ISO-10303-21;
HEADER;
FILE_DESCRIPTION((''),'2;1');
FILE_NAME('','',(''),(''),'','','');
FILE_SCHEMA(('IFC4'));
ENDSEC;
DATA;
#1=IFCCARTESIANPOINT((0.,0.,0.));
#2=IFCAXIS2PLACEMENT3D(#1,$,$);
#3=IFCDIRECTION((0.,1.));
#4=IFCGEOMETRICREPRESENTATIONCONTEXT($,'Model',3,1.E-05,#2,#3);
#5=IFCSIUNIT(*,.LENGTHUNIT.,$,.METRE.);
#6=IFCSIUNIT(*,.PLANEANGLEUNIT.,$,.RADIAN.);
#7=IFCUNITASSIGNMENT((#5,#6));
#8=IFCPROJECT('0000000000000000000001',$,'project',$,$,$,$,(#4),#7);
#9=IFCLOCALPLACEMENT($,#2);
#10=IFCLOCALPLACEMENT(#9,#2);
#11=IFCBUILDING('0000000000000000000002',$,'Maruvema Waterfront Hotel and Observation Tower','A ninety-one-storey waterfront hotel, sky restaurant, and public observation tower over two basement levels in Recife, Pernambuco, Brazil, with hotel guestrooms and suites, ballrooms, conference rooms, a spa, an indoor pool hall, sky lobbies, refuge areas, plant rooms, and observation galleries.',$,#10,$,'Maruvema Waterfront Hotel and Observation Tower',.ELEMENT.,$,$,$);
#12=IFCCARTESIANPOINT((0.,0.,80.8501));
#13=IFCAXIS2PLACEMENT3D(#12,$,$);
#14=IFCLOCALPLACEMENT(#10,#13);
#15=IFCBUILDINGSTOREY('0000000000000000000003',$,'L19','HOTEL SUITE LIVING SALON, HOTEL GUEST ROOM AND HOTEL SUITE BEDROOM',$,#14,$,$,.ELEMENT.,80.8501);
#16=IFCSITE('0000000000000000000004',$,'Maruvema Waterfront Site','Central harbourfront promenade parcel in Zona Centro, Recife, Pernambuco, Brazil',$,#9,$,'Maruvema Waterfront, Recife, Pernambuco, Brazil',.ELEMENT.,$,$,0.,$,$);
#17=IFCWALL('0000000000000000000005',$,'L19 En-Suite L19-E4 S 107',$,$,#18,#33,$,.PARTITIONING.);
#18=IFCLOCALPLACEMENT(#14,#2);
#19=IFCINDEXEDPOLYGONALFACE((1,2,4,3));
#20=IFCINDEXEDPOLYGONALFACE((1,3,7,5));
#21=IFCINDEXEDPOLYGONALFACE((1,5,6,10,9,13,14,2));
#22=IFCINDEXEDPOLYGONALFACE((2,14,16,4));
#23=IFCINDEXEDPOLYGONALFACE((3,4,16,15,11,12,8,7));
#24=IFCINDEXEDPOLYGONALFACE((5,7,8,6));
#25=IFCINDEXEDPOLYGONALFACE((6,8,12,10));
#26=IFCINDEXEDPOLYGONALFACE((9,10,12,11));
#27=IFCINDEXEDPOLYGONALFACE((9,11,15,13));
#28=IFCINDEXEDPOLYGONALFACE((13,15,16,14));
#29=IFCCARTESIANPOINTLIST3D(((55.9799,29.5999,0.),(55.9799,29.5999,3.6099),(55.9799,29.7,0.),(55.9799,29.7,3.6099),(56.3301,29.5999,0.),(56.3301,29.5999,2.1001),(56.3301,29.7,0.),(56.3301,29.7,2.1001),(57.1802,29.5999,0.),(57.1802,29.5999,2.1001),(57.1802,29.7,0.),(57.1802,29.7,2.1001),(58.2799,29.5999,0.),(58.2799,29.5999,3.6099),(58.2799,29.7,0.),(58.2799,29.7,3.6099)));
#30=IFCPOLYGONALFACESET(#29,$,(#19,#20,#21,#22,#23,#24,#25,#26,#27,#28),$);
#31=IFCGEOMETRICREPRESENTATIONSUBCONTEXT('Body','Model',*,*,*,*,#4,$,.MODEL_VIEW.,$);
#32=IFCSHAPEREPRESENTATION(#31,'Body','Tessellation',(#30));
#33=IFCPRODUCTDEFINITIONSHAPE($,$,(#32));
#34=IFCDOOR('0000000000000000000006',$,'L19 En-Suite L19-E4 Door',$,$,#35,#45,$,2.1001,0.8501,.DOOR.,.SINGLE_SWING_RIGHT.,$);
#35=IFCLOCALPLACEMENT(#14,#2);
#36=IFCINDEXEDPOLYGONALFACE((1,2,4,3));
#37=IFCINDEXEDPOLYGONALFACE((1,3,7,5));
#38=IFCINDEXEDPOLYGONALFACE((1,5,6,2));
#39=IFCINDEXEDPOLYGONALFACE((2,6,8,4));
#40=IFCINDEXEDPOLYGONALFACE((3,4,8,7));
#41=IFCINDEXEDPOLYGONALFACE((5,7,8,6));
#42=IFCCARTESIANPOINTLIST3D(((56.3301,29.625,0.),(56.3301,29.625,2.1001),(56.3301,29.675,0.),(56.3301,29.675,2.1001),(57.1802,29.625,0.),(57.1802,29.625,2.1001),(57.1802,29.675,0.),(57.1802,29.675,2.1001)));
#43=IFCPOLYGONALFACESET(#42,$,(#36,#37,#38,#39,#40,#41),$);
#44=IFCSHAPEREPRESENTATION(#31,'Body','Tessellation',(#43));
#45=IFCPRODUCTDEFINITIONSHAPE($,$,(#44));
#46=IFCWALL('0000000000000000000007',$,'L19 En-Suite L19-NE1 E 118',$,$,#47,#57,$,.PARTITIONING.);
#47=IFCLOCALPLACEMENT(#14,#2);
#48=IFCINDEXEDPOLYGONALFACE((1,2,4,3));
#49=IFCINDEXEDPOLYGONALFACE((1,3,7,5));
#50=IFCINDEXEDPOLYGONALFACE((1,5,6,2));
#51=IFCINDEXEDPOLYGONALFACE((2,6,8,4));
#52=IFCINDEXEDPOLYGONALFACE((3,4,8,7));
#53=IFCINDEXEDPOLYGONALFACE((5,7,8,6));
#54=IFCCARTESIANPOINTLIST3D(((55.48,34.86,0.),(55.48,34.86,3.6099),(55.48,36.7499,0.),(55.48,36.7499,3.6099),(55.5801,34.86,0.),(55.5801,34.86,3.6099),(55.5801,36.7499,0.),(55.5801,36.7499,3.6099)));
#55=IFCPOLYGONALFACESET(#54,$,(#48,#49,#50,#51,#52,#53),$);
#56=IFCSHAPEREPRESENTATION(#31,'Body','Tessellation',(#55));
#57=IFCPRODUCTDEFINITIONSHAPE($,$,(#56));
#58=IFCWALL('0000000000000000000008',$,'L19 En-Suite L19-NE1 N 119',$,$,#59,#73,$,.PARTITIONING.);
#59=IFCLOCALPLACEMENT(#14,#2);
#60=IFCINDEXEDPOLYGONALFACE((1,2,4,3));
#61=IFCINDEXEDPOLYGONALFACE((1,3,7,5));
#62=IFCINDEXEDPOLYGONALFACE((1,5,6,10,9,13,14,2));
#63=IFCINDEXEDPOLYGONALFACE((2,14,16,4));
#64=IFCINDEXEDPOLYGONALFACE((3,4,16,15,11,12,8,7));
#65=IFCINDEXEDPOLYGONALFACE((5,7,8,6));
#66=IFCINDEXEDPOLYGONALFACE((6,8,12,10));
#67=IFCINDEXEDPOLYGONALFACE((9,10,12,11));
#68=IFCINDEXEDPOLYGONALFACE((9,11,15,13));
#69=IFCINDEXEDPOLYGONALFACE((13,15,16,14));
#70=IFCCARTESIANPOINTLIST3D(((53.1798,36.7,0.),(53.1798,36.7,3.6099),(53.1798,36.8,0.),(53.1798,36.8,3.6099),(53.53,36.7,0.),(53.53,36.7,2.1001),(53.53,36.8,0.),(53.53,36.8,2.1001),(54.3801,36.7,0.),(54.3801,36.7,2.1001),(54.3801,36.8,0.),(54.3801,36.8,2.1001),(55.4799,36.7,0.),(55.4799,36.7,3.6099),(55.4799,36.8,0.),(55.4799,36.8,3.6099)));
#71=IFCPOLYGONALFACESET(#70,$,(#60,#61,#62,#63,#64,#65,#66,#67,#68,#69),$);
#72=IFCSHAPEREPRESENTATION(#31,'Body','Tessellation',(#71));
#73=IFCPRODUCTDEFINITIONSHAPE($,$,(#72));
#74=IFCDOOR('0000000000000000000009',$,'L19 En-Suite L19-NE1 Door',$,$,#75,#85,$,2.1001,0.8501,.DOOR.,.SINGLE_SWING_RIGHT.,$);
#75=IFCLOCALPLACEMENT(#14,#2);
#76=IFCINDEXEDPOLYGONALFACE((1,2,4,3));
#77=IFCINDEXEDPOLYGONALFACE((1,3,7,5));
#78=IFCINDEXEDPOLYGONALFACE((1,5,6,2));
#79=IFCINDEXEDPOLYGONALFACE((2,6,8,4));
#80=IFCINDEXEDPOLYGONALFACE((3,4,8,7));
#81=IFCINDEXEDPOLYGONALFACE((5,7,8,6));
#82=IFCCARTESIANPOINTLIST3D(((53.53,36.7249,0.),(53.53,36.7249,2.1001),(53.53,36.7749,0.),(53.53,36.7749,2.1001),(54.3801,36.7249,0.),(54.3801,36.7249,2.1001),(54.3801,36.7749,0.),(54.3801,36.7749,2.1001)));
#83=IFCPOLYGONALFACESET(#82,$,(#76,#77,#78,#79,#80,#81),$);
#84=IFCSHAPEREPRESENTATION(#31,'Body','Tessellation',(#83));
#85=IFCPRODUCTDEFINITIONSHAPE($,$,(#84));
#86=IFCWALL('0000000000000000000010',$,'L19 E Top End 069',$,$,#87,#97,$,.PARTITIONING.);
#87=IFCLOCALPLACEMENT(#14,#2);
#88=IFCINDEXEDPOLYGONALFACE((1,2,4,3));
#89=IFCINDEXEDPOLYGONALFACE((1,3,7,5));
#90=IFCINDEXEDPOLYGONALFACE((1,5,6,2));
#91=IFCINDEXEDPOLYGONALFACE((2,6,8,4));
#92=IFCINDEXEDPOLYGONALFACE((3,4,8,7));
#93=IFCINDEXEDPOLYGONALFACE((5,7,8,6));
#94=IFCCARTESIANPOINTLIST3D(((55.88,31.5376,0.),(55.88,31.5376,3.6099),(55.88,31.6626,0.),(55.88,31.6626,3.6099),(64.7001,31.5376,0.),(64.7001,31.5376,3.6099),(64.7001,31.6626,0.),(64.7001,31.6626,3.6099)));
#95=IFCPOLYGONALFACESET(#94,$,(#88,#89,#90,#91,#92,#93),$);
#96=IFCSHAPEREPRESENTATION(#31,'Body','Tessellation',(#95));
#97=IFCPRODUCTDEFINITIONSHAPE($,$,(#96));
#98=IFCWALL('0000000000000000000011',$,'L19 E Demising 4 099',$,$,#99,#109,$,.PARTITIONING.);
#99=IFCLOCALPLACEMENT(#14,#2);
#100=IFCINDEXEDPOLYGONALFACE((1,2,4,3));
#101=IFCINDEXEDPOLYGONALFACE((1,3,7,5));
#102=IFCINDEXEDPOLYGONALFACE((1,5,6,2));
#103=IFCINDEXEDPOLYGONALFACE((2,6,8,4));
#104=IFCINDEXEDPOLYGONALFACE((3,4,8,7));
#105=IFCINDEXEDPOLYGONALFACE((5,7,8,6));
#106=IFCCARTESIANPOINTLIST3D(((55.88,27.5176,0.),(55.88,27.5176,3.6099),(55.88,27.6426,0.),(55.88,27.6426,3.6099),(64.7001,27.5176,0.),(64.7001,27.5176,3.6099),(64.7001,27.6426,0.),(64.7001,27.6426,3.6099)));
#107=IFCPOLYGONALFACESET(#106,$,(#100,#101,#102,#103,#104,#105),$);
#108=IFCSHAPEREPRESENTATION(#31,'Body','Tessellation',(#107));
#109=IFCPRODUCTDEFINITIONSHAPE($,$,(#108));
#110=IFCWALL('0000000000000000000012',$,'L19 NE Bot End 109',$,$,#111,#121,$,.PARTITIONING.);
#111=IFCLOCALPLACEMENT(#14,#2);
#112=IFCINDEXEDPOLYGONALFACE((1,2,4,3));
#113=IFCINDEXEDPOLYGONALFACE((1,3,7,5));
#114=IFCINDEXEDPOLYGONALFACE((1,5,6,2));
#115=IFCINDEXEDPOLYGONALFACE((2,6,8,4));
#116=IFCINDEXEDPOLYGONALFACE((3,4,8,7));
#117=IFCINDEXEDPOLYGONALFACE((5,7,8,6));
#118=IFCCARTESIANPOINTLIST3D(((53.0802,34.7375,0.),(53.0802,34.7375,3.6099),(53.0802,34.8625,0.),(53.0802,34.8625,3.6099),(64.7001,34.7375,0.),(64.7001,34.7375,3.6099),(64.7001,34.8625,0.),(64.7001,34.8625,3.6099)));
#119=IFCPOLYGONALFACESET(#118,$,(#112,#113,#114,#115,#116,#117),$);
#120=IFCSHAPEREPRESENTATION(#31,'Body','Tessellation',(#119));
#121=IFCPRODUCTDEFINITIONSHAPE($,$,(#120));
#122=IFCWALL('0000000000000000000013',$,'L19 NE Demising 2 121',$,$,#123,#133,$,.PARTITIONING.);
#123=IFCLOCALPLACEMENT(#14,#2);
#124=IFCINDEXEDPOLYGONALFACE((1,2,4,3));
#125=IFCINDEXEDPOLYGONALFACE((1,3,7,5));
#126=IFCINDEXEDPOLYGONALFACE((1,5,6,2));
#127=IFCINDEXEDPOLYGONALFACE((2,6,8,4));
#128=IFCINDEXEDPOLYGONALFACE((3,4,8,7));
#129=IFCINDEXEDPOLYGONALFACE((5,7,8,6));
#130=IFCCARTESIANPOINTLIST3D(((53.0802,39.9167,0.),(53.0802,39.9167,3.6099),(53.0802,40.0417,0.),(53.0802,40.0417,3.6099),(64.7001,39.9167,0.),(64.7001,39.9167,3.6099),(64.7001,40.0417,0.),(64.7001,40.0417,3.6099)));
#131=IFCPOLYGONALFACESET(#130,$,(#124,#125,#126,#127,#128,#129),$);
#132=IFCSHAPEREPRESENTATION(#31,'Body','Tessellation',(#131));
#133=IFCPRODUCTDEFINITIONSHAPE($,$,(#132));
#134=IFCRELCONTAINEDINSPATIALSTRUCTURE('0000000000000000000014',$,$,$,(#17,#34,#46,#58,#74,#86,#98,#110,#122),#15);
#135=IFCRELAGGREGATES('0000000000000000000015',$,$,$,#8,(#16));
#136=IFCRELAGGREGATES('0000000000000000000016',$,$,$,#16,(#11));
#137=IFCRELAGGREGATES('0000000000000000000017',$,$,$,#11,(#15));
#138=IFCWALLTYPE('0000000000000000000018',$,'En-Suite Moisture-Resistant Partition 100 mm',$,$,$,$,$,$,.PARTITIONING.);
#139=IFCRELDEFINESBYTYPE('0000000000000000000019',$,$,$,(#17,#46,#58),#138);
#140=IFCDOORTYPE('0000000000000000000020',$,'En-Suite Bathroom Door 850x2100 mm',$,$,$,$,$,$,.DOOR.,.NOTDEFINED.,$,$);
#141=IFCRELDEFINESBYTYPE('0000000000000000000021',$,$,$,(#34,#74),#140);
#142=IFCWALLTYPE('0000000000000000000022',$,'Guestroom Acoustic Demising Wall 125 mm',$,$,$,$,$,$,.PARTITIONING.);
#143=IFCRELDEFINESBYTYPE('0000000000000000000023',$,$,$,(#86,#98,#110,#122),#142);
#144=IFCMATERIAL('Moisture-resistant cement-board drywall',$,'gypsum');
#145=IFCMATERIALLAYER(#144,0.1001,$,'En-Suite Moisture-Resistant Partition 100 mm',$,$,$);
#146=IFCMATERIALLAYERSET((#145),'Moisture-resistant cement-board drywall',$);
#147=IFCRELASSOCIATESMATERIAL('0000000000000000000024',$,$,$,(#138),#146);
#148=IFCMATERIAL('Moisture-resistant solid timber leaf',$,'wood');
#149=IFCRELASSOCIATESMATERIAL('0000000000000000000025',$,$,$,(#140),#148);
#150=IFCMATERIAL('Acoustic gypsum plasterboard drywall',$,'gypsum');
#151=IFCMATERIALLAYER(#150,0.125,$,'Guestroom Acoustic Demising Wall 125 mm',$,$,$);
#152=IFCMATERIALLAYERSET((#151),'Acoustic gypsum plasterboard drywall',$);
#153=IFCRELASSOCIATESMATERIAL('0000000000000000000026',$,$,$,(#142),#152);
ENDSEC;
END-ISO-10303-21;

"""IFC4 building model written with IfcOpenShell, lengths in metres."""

from ifc_helpers import new_model, si_unit, direction, frame, frame_2d, origin, place, context, subcontext, project, spatial, rectangle, extrude, material, layer, layer_set, type_object, element, fill, save


model = new_model("IFC4")

# Units and contexts
model_context = context("Model", 3, precision=1e-05, world=origin(), true_north=direction((0.0, 1.0)))
body_context = subcontext(model_context, "Body", "Model", "MODEL_VIEW")
ifc_project = project(units=[si_unit("LENGTHUNIT", "METRE"), si_unit("PLANEANGLEUNIT", "RADIAN")], contexts=[model_context])

# Site, building, storey
site_placement = place(None, origin())
site = spatial("IfcSite", under=ifc_project, at=site_placement, Name="Maruvema Waterfront Site", Description="Central harbourfront promenade parcel in Zona Centro, Recife, Pernambuco, Brazil", LongName="Maruvema Waterfront, Recife, Pernambuco, Brazil", CompositionType="ELEMENT", RefElevation=0.0)
building_placement = place(site_placement, origin())
building = spatial("IfcBuilding", under=site, at=building_placement, Name="Maruvema Waterfront Hotel and Observation Tower", Description="A ninety-one-storey waterfront hotel, sky restaurant, and public observation tower over two basement levels in Recife, Pernambuco, Brazil, with hotel guestrooms and suites, ballrooms, conference rooms, a spa, an indoor pool hall, sky lobbies, refuge areas, plant rooms, and observation galleries.", LongName="Maruvema Waterfront Hotel and Observation Tower", CompositionType="ELEMENT")
storey_placement = place(building_placement, frame((0.0, 0.0, 80.8501)))
storey = spatial("IfcBuildingStorey", under=building, at=storey_placement, Name="L19", Description="HOTEL SUITE LIVING SALON, HOTEL GUEST ROOM AND HOTEL SUITE BEDROOM", CompositionType="ELEMENT", Elevation=80.8501)

# Shared definitions
ifc_material_1 = material(Name="Moisture-resistant cement-board drywall", Category="gypsum")
ifc_layer_1 = layer(ifc_material_1, 0.1001, Name="En-Suite Moisture-Resistant Partition 100 mm")
ifc_layer_set_1 = layer_set([ifc_layer_1], Name="Moisture-resistant cement-board drywall")
wall_type_1 = type_object("IfcWallType", Name="En-Suite Moisture-Resistant Partition 100 mm", PredefinedType="PARTITIONING", material=ifc_layer_set_1)

# Wall, opening, door
wall_1_placement = place(storey_placement, frame((55.98, 29.6499, 0.0), z_axis=(0.0, 0.0, 1.0), x_axis=(1.0, 0.0, 0.0)))
wall_1 = element("IfcWall", 1, at=wall_1_placement, inside=storey, type_object=wall_type_1, Name="L19 En-Suite L19-E4 S 107", PredefinedType="PARTITIONING", context=body_context, shape_type="SweptSolid", body=[
    extrude(rectangle(XDim=2.3, YDim=0.1001, at=frame_2d((1.1499, 0.0))), origin(), (0.0, 0.0, 1.0), 3.6099),
])
opening_1_placement = place(wall_1_placement, frame((0.3501, 0.0, 0.0)))
opening_1 = element("IfcOpeningElement", 2, at=opening_1_placement, cuts=wall_1, PredefinedType="OPENING", context=body_context, shape_type="SweptSolid", body=[
    extrude(rectangle(XDim=0.8501, YDim=2.1001, at=frame_2d((0.425, 1.05))), frame((0.0, 0.0601, 0.0), z_axis=(0.0, -1.0, 0.0), x_axis=(1.0, 0.0, 0.0)), (0.0, 0.0, 1.0), 0.1201),
])
ifc_material_2 = material(Name="Moisture-resistant solid timber leaf", Category="wood")
door_type_1 = type_object("IfcDoorType", Name="En-Suite Bathroom Door 850x2100 mm", OperationType="NOTDEFINED", PredefinedType="DOOR", material=ifc_material_2)
door_1_placement = place(opening_1_placement, frame((0.8501, 0.0, 0.0), z_axis=(0.0, 0.0, 1.0), x_axis=(-1.0, 0.0, 0.0)))
door_1 = element("IfcDoor", 3, at=door_1_placement, inside=storey, type_object=door_type_1, Name="L19 En-Suite L19-E4 Door", OperationType="SINGLE_SWING_RIGHT", OverallHeight=2.1001, OverallWidth=0.8501, PredefinedType="DOOR", context=body_context, shape_type="SweptSolid", body=[
    extrude(rectangle(XDim=0.8501, YDim=2.1001, at=frame_2d((0.425, 1.05))), frame((0.0, 0.0249, 0.0), z_axis=(0.0, -1.0, 0.0), x_axis=(1.0, 0.0, 0.0)), (0.0, 0.0, 1.0), 0.05),
])
fill(opening_1, door_1)

# Wall
wall_2_placement = place(storey_placement, frame((55.53, 34.8601, 0.0), z_axis=(0.0, 0.0, 1.0), x_axis=(0.0, 1.0, 0.0)))
element("IfcWall", 4, at=wall_2_placement, inside=storey, type_object=wall_type_1, Name="L19 En-Suite L19-NE1 E 118", PredefinedType="PARTITIONING", context=body_context, shape_type="SweptSolid", body=[
    extrude(rectangle(XDim=1.8899, YDim=0.1001, at=frame_2d((0.9448, 0.0))), origin(), (0.0, 0.0, 1.0), 3.6099),
])

# Wall, opening, door
wall_3_placement = place(storey_placement, frame((53.1799, 36.75, 0.0), z_axis=(0.0, 0.0, 1.0), x_axis=(1.0, 0.0, 0.0)))
wall_3 = element("IfcWall", 5, at=wall_3_placement, inside=storey, type_object=wall_type_1, Name="L19 En-Suite L19-NE1 N 119", PredefinedType="PARTITIONING", context=body_context, shape_type="SweptSolid", body=[
    extrude(rectangle(XDim=2.3, YDim=0.1001, at=frame_2d((1.1499, 0.0))), origin(), (0.0, 0.0, 1.0), 3.6099),
])
opening_2_placement = place(wall_3_placement, frame((0.3501, 0.0, 0.0)))
opening_2 = element("IfcOpeningElement", 6, at=opening_2_placement, cuts=wall_3, PredefinedType="OPENING", context=body_context, shape_type="SweptSolid", body=[
    extrude(rectangle(XDim=0.8501, YDim=2.1001, at=frame_2d((0.425, 1.05))), frame((0.0, 0.0601, 0.0), z_axis=(0.0, -1.0, 0.0), x_axis=(1.0, 0.0, 0.0)), (0.0, 0.0, 1.0), 0.1201),
])
door_2_placement = place(opening_2_placement, origin())
door_2 = element("IfcDoor", 7, at=door_2_placement, inside=storey, type_object=door_type_1, Name="L19 En-Suite L19-NE1 Door", OperationType="SINGLE_SWING_RIGHT", OverallHeight=2.1001, OverallWidth=0.8501, PredefinedType="DOOR", context=body_context, shape_type="SweptSolid", body=[
    extrude(rectangle(XDim=0.8501, YDim=2.1001, at=frame_2d((0.425, 1.05))), frame((0.0, 0.0249, 0.0), z_axis=(0.0, -1.0, 0.0), x_axis=(1.0, 0.0, 0.0)), (0.0, 0.0, 1.0), 0.05),
])
fill(opening_2, door_2)

# Walls
ifc_material_3 = material(Name="Acoustic gypsum plasterboard drywall", Category="gypsum")
ifc_layer_2 = layer(ifc_material_3, 0.125, Name="Guestroom Acoustic Demising Wall 125 mm")
ifc_layer_set_2 = layer_set([ifc_layer_2], Name="Acoustic gypsum plasterboard drywall")
wall_type_2 = type_object("IfcWallType", Name="Guestroom Acoustic Demising Wall 125 mm", PredefinedType="PARTITIONING", material=ifc_layer_set_2)
for number, where, z_axis, x_axis, name in (
    (8, (55.8799, 31.6001, 0.0), (0.0, 0.0, 1.0), (1.0, 0.0, 0.0), "L19 E Top End 069"),
    (9, (55.8799, 27.5801, 0.0), (0.0, 0.0, 1.0), (1.0, 0.0, 0.0), "L19 E Demising 4 099"),
):
    element("IfcWall", number, at=place(storey_placement, frame(where, z_axis=z_axis, x_axis=x_axis)), inside=storey, type_object=wall_type_2, Name=name, PredefinedType="PARTITIONING", context=body_context, shape_type="SweptSolid", body=[
        extrude(rectangle(XDim=8.8201, YDim=0.125, at=frame_2d((4.4102, 0.0))), origin(), (0.0, 0.0, 1.0), 3.6099),
    ])
for number, where, z_axis, x_axis, name in (
    (10, (53.0801, 34.8, 0.0), (0.0, 0.0, 1.0), (1.0, 0.0, 0.0), "L19 NE Bot End 109"),
    (11, (53.0801, 39.9792, 0.0), (0.0, 0.0, 1.0), (1.0, 0.0, 0.0), "L19 NE Demising 2 121"),
):
    element("IfcWall", number, at=place(storey_placement, frame(where, z_axis=z_axis, x_axis=x_axis)), inside=storey, type_object=wall_type_2, Name=name, PredefinedType="PARTITIONING", context=body_context, shape_type="SweptSolid", body=[
        extrude(rectangle(XDim=11.6199, YDim=0.125, at=frame_2d((5.8101, 0.0))), origin(), (0.0, 0.0, 1.0), 3.6099),
    ])

save(model, "model.ifc")
